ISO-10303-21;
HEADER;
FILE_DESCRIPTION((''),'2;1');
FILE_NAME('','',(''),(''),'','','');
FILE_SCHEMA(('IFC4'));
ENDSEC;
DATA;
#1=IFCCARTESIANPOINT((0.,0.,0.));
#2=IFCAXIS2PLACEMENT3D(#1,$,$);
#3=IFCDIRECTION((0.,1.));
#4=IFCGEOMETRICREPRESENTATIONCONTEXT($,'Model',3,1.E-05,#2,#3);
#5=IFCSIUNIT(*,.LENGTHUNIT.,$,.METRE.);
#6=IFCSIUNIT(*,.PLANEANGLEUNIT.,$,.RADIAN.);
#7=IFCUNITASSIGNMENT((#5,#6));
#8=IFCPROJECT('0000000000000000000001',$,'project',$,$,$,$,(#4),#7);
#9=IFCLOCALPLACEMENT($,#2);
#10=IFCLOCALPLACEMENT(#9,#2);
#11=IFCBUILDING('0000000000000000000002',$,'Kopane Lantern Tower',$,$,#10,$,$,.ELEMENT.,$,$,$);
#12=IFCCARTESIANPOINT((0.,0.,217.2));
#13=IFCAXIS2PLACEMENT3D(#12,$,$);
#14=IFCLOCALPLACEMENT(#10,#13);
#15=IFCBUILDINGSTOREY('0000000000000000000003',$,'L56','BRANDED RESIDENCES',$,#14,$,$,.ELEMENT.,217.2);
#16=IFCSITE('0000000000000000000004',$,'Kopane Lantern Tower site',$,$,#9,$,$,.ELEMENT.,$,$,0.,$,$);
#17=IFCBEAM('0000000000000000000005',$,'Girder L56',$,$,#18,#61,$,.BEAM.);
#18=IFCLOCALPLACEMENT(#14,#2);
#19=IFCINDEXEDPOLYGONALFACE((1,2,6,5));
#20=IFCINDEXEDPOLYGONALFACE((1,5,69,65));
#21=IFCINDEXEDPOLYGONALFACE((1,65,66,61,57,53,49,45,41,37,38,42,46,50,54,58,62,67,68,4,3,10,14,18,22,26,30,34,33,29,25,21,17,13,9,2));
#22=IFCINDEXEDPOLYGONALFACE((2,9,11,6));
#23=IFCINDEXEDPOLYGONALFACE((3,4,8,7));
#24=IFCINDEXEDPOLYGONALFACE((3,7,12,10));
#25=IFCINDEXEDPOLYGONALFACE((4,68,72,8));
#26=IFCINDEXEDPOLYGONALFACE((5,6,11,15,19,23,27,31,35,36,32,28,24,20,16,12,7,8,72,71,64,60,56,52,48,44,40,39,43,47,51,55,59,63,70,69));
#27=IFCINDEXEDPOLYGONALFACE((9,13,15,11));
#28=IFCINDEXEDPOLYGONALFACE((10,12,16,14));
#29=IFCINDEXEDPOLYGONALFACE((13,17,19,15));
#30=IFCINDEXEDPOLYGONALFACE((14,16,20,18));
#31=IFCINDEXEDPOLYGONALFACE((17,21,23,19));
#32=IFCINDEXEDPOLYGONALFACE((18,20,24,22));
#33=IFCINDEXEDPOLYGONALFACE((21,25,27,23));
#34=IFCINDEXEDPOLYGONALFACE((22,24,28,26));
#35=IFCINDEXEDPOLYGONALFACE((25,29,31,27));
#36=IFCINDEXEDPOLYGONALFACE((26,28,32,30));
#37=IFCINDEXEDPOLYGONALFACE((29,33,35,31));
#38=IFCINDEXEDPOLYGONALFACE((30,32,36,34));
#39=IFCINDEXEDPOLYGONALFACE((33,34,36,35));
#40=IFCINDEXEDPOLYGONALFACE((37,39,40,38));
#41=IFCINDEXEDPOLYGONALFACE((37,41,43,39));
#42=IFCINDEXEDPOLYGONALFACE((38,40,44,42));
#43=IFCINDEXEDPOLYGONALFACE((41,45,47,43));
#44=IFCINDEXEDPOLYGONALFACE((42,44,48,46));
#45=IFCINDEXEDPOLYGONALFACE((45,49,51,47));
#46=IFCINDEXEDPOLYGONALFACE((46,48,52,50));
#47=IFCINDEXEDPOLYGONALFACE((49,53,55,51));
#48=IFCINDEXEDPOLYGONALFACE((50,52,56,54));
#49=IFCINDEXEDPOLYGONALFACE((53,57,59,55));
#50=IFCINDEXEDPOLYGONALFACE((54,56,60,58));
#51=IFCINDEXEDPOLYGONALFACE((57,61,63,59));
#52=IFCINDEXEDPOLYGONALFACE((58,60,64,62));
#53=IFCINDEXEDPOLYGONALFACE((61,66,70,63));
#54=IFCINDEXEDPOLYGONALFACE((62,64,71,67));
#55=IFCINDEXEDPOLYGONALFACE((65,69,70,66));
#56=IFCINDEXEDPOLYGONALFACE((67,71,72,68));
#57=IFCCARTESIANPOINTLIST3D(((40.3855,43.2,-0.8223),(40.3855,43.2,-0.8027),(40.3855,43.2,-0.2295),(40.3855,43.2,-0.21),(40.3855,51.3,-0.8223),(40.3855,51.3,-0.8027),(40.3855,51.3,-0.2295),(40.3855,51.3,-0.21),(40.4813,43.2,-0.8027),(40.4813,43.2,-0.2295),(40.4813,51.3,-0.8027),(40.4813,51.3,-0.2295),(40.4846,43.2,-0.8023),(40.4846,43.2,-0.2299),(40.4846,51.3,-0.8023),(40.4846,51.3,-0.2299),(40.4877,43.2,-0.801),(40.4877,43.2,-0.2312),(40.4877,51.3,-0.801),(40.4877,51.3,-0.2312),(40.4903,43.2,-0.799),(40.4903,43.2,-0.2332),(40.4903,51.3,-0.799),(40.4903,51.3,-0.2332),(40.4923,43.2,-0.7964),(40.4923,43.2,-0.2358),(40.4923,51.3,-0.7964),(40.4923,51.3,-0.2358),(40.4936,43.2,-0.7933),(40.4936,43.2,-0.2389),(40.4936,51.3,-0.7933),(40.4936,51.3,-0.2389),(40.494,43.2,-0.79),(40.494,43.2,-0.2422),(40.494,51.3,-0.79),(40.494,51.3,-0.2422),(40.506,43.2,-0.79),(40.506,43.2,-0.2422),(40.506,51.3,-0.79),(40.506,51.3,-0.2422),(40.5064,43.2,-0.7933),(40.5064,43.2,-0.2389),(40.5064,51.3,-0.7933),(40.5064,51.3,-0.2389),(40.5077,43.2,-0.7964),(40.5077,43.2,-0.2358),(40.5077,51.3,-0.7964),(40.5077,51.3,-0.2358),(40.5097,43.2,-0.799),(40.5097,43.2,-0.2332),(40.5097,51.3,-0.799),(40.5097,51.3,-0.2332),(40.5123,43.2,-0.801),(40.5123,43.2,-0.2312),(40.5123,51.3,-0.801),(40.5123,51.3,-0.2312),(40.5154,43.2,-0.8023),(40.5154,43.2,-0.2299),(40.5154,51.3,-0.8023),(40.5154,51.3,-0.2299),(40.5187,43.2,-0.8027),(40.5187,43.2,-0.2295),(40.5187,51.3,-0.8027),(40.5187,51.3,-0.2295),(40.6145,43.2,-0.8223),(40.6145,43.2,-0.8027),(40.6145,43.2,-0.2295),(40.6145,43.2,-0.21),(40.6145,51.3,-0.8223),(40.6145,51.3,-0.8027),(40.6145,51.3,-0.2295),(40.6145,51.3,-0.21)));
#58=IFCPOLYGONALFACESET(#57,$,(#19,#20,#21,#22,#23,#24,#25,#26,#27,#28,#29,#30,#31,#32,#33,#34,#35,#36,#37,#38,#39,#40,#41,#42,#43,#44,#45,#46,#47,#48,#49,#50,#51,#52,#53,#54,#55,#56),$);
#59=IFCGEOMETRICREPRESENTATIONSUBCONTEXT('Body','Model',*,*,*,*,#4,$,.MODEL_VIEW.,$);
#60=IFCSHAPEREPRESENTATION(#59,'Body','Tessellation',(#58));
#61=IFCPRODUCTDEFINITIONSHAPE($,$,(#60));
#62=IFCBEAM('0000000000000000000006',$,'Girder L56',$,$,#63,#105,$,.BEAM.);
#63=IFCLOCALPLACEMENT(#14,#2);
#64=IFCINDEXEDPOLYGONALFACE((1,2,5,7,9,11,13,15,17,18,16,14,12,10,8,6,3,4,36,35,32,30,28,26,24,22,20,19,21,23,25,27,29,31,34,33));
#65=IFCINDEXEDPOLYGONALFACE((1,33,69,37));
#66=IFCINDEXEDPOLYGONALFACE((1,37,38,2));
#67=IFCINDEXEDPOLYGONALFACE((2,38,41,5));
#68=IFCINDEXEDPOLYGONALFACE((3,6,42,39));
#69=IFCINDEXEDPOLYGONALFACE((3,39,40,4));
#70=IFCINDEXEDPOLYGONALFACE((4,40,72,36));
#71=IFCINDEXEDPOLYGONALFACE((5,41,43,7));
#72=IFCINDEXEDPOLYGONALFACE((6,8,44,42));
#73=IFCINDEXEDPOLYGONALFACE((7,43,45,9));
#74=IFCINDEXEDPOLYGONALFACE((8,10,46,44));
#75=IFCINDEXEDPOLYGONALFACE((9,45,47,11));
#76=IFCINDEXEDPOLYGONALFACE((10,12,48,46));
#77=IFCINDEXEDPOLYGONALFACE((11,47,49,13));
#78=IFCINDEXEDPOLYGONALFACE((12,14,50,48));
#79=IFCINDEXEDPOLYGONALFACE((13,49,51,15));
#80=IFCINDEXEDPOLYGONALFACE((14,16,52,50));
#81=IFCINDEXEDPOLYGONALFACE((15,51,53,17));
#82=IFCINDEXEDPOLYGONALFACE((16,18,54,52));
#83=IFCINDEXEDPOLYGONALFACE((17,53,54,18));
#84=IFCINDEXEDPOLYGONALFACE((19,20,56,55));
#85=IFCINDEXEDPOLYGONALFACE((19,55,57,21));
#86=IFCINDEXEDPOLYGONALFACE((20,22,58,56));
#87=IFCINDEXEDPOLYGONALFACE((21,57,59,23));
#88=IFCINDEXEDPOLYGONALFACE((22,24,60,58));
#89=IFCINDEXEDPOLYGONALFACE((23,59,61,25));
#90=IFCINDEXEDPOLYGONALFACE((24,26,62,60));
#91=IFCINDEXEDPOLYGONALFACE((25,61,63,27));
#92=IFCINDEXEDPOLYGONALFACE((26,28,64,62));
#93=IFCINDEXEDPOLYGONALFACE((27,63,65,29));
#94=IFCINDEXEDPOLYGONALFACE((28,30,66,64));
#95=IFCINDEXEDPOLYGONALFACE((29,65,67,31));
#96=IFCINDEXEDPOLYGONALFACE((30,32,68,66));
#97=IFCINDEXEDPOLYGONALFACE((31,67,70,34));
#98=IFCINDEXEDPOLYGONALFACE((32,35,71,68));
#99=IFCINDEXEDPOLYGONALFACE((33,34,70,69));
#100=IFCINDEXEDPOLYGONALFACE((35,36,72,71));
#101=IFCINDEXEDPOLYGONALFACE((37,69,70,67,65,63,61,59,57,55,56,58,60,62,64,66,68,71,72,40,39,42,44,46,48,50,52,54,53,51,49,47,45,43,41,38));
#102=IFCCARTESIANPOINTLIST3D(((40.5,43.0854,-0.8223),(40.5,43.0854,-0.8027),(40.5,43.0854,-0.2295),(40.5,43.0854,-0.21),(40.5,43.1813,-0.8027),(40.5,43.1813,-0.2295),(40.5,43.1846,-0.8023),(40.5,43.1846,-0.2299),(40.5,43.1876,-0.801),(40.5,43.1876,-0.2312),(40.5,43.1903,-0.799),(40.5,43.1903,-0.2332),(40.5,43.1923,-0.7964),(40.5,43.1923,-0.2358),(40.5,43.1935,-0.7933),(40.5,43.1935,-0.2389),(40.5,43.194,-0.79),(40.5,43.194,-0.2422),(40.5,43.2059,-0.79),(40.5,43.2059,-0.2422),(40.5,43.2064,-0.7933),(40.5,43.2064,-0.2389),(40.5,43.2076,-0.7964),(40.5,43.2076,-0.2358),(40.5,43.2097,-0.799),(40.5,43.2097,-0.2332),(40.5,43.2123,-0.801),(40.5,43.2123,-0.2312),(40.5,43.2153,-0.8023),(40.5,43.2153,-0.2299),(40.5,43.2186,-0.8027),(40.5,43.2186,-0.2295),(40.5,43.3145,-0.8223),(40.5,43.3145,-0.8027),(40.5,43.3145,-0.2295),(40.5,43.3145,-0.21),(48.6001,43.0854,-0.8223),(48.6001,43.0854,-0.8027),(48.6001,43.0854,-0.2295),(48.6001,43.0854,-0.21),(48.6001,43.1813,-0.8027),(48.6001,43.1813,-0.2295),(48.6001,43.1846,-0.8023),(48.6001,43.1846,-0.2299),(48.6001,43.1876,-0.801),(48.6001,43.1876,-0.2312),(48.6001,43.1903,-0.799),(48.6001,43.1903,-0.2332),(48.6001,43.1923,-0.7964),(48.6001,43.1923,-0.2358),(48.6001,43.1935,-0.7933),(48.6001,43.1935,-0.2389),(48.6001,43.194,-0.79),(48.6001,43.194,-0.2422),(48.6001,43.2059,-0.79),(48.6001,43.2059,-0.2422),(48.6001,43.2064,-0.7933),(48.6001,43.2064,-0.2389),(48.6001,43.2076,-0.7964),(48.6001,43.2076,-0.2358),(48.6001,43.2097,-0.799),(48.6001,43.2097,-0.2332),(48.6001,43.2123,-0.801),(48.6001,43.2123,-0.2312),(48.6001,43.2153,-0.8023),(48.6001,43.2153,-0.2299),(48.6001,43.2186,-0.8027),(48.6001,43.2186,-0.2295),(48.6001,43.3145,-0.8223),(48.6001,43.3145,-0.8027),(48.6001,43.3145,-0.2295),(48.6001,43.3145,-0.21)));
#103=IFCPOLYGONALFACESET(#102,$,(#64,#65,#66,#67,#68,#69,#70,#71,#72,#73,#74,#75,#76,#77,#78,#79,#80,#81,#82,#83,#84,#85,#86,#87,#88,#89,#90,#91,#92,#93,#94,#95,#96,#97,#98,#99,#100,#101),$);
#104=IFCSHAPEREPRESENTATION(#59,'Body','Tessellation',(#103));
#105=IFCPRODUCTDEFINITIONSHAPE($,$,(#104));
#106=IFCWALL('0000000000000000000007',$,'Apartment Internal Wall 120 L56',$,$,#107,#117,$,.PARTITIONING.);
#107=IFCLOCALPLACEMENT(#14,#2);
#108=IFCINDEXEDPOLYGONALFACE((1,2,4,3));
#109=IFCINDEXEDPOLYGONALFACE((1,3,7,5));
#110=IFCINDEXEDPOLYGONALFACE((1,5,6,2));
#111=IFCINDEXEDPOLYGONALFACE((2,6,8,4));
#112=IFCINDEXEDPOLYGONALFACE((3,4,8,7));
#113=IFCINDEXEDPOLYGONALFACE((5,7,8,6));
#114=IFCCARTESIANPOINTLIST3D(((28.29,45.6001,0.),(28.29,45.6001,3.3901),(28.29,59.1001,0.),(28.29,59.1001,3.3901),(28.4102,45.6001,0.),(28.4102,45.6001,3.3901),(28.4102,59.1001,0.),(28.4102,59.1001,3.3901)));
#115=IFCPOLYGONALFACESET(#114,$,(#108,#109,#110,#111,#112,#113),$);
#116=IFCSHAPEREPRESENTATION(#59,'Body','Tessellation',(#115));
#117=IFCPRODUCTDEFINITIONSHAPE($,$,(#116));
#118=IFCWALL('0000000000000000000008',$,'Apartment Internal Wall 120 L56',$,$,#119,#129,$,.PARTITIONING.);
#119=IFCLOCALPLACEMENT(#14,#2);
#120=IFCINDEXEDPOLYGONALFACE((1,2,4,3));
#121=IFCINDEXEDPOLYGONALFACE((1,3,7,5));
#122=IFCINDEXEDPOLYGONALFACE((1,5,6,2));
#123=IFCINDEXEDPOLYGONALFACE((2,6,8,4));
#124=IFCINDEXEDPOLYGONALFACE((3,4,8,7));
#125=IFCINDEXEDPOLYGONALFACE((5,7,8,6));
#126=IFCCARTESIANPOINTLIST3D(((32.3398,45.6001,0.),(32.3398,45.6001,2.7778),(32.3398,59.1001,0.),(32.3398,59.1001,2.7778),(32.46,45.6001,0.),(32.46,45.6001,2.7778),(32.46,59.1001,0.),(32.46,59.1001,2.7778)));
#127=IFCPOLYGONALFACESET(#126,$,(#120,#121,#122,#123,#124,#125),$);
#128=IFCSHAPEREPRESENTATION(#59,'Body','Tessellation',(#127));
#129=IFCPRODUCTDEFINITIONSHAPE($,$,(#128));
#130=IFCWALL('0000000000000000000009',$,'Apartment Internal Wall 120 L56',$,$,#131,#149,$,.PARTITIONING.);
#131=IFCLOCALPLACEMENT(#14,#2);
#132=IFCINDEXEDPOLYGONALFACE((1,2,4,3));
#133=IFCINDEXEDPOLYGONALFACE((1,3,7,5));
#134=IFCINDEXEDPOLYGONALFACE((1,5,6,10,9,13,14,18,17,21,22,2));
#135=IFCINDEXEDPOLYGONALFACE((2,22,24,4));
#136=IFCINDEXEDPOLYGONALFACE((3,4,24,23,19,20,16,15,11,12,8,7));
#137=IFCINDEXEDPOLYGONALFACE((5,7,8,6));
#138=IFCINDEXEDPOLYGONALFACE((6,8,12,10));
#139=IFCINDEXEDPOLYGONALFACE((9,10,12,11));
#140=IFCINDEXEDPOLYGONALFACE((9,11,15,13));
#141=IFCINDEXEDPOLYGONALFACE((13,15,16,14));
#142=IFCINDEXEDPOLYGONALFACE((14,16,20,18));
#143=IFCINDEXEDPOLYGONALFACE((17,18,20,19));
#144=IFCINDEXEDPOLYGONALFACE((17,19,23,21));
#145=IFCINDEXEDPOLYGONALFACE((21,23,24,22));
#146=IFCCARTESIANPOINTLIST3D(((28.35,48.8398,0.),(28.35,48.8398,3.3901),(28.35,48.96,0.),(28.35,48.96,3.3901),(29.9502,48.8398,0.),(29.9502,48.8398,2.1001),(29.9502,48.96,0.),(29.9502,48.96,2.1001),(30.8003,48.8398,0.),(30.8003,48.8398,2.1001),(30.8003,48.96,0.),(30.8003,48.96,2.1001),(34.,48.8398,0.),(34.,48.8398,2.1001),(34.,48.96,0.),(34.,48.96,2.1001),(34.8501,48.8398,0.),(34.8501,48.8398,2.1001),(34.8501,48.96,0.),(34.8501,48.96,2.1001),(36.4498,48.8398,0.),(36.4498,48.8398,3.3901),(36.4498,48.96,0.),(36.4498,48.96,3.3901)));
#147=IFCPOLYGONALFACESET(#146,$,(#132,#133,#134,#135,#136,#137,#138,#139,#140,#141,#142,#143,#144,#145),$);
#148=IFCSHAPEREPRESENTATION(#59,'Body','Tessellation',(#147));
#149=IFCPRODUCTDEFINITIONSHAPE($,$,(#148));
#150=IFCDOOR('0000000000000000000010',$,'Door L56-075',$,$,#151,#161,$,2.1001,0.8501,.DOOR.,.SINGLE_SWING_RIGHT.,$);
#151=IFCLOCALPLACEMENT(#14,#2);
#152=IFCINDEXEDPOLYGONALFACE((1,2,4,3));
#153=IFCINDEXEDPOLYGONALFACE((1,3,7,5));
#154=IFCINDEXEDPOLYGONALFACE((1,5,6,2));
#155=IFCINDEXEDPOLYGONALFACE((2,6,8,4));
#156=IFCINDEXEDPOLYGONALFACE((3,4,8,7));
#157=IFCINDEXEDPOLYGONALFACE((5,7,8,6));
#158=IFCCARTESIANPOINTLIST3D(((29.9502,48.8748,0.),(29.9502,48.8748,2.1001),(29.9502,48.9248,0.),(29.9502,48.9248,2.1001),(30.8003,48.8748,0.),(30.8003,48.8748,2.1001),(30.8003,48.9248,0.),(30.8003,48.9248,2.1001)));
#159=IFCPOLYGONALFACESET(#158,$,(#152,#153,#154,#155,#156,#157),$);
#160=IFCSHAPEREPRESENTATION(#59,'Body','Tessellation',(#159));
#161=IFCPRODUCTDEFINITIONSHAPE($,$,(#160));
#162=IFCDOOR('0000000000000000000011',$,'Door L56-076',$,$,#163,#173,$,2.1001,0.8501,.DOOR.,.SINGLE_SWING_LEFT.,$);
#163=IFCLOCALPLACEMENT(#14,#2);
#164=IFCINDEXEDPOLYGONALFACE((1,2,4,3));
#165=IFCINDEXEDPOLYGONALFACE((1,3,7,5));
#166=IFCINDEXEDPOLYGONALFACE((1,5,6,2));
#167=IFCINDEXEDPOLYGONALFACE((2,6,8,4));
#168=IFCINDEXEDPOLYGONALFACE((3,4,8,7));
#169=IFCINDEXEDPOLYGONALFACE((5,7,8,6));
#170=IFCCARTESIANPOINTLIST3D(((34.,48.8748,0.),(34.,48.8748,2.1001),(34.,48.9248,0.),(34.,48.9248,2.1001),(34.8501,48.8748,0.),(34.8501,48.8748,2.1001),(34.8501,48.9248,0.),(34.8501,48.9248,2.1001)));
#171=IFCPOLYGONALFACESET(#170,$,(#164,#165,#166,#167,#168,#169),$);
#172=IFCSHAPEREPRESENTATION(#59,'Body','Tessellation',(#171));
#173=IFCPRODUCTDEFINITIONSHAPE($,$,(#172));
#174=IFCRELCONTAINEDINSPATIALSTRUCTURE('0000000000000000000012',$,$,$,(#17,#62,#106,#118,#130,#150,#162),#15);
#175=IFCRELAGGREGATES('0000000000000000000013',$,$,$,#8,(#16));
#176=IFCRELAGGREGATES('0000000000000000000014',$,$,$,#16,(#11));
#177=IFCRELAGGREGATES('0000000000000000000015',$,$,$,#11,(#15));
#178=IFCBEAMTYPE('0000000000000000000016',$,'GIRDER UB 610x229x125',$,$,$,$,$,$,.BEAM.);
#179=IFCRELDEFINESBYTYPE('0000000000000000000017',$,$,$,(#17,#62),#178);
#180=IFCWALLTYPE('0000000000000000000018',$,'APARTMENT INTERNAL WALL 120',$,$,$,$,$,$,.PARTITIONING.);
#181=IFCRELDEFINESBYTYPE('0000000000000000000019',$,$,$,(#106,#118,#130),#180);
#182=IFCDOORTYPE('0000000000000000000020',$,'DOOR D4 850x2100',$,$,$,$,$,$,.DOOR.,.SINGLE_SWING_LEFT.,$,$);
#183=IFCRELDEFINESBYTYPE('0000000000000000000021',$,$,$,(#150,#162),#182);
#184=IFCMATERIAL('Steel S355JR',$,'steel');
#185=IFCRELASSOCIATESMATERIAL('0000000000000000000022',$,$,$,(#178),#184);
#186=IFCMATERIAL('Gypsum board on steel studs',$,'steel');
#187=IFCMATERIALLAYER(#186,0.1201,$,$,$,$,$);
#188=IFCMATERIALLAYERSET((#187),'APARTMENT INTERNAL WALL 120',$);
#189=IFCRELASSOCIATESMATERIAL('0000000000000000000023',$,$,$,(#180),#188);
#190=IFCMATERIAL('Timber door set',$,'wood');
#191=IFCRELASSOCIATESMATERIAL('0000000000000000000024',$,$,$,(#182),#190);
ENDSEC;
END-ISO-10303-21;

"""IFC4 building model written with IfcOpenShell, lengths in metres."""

from ifc_helpers import new_model, si_unit, direction, frame, frame_2d, origin, origin_2d, place, context, subcontext, project, spatial, rectangle, i_section, extrude, material, layer, layer_set, material_profile, profile_set, type_object, element, fill, save


model = new_model("IFC4")

# Units and contexts
model_context = context("Model", 3, precision=1e-05, world=origin(), true_north=direction((0.0, 1.0)))
body_context = subcontext(model_context, "Body", "Model", "MODEL_VIEW")
ifc_project = project(units=[si_unit("LENGTHUNIT", "METRE"), si_unit("PLANEANGLEUNIT", "RADIAN")], contexts=[model_context])

# Site, building, storey
site_placement = place(None, origin())
site = spatial("IfcSite", under=ifc_project, at=site_placement, Name="Kopane Lantern Tower site", CompositionType="ELEMENT", RefElevation=0.0)
building_placement = place(site_placement, origin())
building = spatial("IfcBuilding", under=site, at=building_placement, Name="Kopane Lantern Tower", CompositionType="ELEMENT")
storey_placement = place(building_placement, frame((0.0, 0.0, 217.2)))
storey = spatial("IfcBuildingStorey", under=building, at=storey_placement, Name="L56", Description="BRANDED RESIDENCES", CompositionType="ELEMENT", Elevation=217.2)

# Beams
ifc_material_1 = material(Name="Steel S355JR", Category="steel")
ifc_material_profile_1 = material_profile(ifc_material_1, i_section(OverallWidth=0.229, OverallDepth=0.6123, WebThickness=0.012, FlangeThickness=0.0195, FilletRadius=0.0127, at=origin_2d()), Name="UB 610x229x125")
ifc_profile_set_1 = profile_set([ifc_material_profile_1], Name="Steel S355JR")
beam_type = type_object("IfcBeamType", Name="GIRDER UB 610x229x125", PredefinedType="BEAM", material=ifc_profile_set_1)
for number, where, z_axis, x_axis, name in (
    (1, (40.5, 43.2, -0.5161), (0.0, 1.0, 0.0), (-1.0, 0.0, 0.0), "Girder L56"),
    (2, (40.5, 43.2, -0.5161), (1.0, 0.0, 0.0), (0.0, 1.0, 0.0), "Girder L56"),
):
    element("IfcBeam", number, at=place(storey_placement, frame(where, z_axis=z_axis, x_axis=x_axis)), inside=storey, type_object=beam_type, Name=name, PredefinedType="BEAM", context=body_context, shape_type="SweptSolid", body=[
        extrude(i_section(OverallWidth=0.229, OverallDepth=0.6123, WebThickness=0.012, FlangeThickness=0.0195, FilletRadius=0.0127, at=origin_2d()), origin(), (0.0, 0.0, 1.0), 8.1001),
    ])

# Walls
ifc_material_2 = material(Name="Gypsum board on steel studs", Category="steel")
ifc_layer_1 = layer(ifc_material_2, 0.1201)
ifc_layer_set_1 = layer_set([ifc_layer_1], Name="APARTMENT INTERNAL WALL 120")
wall_type_1 = type_object("IfcWallType", Name="APARTMENT INTERNAL WALL 120", PredefinedType="PARTITIONING", material=ifc_layer_set_1)
wall_1_placement = place(storey_placement, frame((28.3501, 45.6001, 0.0), z_axis=(0.0, 0.0, 1.0), x_axis=(0.0, 1.0, 0.0)))
element("IfcWall", 3, at=wall_1_placement, inside=storey, type_object=wall_type_1, Name="Apartment Internal Wall 120 L56", PredefinedType="PARTITIONING", context=body_context, shape_type="SweptSolid", body=[
    extrude(rectangle(XDim=13.5, YDim=0.1201, at=frame_2d((6.75, 0.0))), origin(), (0.0, 0.0, 1.0), 3.3901),
])
wall_2_placement = place(storey_placement, frame((32.3999, 45.6001, 0.0), z_axis=(0.0, 0.0, 1.0), x_axis=(0.0, 1.0, 0.0)))
element("IfcWall", 4, at=wall_2_placement, inside=storey, type_object=wall_type_1, Name="Apartment Internal Wall 120 L56", PredefinedType="PARTITIONING", context=body_context, shape_type="SweptSolid", body=[
    extrude(rectangle(XDim=13.5, YDim=0.1201, at=frame_2d((6.75, 0.0))), origin(), (0.0, 0.0, 1.0), 2.7778),
])

# Wall, openings, doors
wall_3_placement = place(storey_placement, frame((28.3501, 48.8999, 0.0), z_axis=(0.0, 0.0, 1.0), x_axis=(1.0, 0.0, 0.0)))
wall_3 = element("IfcWall", 5, at=wall_3_placement, inside=storey, type_object=wall_type_1, Name="Apartment Internal Wall 120 L56", PredefinedType="PARTITIONING", context=body_context, shape_type="SweptSolid", body=[
    extrude(rectangle(XDim=8.0999, YDim=0.1201, at=frame_2d((4.0498, 0.0))), origin(), (0.0, 0.0, 1.0), 3.3901),
])
opening_1_placement = place(wall_3_placement, frame((1.6001, 0.0, 0.0)))
opening_1 = element("IfcOpeningElement", 6, at=opening_1_placement, cuts=wall_3, PredefinedType="OPENING", context=body_context, shape_type="SweptSolid", body=[
    extrude(rectangle(XDim=0.8501, YDim=2.1001, at=frame_2d((0.425, 1.05))), frame((0.0, 0.0701, 0.0), z_axis=(0.0, -1.0, 0.0), x_axis=(1.0, 0.0, 0.0)), (0.0, 0.0, 1.0), 0.1401),
])
opening_2_placement = place(wall_3_placement, frame((5.6499, 0.0, 0.0)))
opening_2 = element("IfcOpeningElement", 7, at=opening_2_placement, cuts=wall_3, PredefinedType="OPENING", context=body_context, shape_type="SweptSolid", body=[
    extrude(rectangle(XDim=0.8501, YDim=2.1001, at=frame_2d((0.425, 1.05))), frame((0.0, 0.0701, 0.0), z_axis=(0.0, -1.0, 0.0), x_axis=(1.0, 0.0, 0.0)), (0.0, 0.0, 1.0), 0.1401),
])
ifc_material_3 = material(Name="Timber door set", Category="wood")
door_type_1 = type_object("IfcDoorType", Name="DOOR D4 850x2100", OperationType="SINGLE_SWING_LEFT", PredefinedType="DOOR", material=ifc_material_3)
door_1_placement = place(opening_1_placement, origin())
door_1 = element("IfcDoor", 8, at=door_1_placement, inside=storey, type_object=door_type_1, Name="Door L56-075", OperationType="SINGLE_SWING_RIGHT", OverallHeight=2.1001, OverallWidth=0.8501, PredefinedType="DOOR", context=body_context, shape_type="SweptSolid", body=[
    extrude(rectangle(XDim=0.8501, YDim=2.1001, at=frame_2d((0.425, 1.05))), frame((0.0, 0.0249, 0.0), z_axis=(0.0, -1.0, 0.0), x_axis=(1.0, 0.0, 0.0)), (0.0, 0.0, 1.0), 0.05),
])
fill(opening_1, door_1)
door_2_placement = place(opening_2_placement, origin())
door_2 = element("IfcDoor", 9, at=door_2_placement, inside=storey, type_object=door_type_1, Name="Door L56-076", OperationType="SINGLE_SWING_LEFT", OverallHeight=2.1001, OverallWidth=0.8501, PredefinedType="DOOR", context=body_context, shape_type="SweptSolid", body=[
    extrude(rectangle(XDim=0.8501, YDim=2.1001, at=frame_2d((0.425, 1.05))), frame((0.0, 0.0249, 0.0), z_axis=(0.0, -1.0, 0.0), x_axis=(1.0, 0.0, 0.0)), (0.0, 0.0, 1.0), 0.05),
])
fill(opening_2, door_2)

save(model, "model.ifc")
